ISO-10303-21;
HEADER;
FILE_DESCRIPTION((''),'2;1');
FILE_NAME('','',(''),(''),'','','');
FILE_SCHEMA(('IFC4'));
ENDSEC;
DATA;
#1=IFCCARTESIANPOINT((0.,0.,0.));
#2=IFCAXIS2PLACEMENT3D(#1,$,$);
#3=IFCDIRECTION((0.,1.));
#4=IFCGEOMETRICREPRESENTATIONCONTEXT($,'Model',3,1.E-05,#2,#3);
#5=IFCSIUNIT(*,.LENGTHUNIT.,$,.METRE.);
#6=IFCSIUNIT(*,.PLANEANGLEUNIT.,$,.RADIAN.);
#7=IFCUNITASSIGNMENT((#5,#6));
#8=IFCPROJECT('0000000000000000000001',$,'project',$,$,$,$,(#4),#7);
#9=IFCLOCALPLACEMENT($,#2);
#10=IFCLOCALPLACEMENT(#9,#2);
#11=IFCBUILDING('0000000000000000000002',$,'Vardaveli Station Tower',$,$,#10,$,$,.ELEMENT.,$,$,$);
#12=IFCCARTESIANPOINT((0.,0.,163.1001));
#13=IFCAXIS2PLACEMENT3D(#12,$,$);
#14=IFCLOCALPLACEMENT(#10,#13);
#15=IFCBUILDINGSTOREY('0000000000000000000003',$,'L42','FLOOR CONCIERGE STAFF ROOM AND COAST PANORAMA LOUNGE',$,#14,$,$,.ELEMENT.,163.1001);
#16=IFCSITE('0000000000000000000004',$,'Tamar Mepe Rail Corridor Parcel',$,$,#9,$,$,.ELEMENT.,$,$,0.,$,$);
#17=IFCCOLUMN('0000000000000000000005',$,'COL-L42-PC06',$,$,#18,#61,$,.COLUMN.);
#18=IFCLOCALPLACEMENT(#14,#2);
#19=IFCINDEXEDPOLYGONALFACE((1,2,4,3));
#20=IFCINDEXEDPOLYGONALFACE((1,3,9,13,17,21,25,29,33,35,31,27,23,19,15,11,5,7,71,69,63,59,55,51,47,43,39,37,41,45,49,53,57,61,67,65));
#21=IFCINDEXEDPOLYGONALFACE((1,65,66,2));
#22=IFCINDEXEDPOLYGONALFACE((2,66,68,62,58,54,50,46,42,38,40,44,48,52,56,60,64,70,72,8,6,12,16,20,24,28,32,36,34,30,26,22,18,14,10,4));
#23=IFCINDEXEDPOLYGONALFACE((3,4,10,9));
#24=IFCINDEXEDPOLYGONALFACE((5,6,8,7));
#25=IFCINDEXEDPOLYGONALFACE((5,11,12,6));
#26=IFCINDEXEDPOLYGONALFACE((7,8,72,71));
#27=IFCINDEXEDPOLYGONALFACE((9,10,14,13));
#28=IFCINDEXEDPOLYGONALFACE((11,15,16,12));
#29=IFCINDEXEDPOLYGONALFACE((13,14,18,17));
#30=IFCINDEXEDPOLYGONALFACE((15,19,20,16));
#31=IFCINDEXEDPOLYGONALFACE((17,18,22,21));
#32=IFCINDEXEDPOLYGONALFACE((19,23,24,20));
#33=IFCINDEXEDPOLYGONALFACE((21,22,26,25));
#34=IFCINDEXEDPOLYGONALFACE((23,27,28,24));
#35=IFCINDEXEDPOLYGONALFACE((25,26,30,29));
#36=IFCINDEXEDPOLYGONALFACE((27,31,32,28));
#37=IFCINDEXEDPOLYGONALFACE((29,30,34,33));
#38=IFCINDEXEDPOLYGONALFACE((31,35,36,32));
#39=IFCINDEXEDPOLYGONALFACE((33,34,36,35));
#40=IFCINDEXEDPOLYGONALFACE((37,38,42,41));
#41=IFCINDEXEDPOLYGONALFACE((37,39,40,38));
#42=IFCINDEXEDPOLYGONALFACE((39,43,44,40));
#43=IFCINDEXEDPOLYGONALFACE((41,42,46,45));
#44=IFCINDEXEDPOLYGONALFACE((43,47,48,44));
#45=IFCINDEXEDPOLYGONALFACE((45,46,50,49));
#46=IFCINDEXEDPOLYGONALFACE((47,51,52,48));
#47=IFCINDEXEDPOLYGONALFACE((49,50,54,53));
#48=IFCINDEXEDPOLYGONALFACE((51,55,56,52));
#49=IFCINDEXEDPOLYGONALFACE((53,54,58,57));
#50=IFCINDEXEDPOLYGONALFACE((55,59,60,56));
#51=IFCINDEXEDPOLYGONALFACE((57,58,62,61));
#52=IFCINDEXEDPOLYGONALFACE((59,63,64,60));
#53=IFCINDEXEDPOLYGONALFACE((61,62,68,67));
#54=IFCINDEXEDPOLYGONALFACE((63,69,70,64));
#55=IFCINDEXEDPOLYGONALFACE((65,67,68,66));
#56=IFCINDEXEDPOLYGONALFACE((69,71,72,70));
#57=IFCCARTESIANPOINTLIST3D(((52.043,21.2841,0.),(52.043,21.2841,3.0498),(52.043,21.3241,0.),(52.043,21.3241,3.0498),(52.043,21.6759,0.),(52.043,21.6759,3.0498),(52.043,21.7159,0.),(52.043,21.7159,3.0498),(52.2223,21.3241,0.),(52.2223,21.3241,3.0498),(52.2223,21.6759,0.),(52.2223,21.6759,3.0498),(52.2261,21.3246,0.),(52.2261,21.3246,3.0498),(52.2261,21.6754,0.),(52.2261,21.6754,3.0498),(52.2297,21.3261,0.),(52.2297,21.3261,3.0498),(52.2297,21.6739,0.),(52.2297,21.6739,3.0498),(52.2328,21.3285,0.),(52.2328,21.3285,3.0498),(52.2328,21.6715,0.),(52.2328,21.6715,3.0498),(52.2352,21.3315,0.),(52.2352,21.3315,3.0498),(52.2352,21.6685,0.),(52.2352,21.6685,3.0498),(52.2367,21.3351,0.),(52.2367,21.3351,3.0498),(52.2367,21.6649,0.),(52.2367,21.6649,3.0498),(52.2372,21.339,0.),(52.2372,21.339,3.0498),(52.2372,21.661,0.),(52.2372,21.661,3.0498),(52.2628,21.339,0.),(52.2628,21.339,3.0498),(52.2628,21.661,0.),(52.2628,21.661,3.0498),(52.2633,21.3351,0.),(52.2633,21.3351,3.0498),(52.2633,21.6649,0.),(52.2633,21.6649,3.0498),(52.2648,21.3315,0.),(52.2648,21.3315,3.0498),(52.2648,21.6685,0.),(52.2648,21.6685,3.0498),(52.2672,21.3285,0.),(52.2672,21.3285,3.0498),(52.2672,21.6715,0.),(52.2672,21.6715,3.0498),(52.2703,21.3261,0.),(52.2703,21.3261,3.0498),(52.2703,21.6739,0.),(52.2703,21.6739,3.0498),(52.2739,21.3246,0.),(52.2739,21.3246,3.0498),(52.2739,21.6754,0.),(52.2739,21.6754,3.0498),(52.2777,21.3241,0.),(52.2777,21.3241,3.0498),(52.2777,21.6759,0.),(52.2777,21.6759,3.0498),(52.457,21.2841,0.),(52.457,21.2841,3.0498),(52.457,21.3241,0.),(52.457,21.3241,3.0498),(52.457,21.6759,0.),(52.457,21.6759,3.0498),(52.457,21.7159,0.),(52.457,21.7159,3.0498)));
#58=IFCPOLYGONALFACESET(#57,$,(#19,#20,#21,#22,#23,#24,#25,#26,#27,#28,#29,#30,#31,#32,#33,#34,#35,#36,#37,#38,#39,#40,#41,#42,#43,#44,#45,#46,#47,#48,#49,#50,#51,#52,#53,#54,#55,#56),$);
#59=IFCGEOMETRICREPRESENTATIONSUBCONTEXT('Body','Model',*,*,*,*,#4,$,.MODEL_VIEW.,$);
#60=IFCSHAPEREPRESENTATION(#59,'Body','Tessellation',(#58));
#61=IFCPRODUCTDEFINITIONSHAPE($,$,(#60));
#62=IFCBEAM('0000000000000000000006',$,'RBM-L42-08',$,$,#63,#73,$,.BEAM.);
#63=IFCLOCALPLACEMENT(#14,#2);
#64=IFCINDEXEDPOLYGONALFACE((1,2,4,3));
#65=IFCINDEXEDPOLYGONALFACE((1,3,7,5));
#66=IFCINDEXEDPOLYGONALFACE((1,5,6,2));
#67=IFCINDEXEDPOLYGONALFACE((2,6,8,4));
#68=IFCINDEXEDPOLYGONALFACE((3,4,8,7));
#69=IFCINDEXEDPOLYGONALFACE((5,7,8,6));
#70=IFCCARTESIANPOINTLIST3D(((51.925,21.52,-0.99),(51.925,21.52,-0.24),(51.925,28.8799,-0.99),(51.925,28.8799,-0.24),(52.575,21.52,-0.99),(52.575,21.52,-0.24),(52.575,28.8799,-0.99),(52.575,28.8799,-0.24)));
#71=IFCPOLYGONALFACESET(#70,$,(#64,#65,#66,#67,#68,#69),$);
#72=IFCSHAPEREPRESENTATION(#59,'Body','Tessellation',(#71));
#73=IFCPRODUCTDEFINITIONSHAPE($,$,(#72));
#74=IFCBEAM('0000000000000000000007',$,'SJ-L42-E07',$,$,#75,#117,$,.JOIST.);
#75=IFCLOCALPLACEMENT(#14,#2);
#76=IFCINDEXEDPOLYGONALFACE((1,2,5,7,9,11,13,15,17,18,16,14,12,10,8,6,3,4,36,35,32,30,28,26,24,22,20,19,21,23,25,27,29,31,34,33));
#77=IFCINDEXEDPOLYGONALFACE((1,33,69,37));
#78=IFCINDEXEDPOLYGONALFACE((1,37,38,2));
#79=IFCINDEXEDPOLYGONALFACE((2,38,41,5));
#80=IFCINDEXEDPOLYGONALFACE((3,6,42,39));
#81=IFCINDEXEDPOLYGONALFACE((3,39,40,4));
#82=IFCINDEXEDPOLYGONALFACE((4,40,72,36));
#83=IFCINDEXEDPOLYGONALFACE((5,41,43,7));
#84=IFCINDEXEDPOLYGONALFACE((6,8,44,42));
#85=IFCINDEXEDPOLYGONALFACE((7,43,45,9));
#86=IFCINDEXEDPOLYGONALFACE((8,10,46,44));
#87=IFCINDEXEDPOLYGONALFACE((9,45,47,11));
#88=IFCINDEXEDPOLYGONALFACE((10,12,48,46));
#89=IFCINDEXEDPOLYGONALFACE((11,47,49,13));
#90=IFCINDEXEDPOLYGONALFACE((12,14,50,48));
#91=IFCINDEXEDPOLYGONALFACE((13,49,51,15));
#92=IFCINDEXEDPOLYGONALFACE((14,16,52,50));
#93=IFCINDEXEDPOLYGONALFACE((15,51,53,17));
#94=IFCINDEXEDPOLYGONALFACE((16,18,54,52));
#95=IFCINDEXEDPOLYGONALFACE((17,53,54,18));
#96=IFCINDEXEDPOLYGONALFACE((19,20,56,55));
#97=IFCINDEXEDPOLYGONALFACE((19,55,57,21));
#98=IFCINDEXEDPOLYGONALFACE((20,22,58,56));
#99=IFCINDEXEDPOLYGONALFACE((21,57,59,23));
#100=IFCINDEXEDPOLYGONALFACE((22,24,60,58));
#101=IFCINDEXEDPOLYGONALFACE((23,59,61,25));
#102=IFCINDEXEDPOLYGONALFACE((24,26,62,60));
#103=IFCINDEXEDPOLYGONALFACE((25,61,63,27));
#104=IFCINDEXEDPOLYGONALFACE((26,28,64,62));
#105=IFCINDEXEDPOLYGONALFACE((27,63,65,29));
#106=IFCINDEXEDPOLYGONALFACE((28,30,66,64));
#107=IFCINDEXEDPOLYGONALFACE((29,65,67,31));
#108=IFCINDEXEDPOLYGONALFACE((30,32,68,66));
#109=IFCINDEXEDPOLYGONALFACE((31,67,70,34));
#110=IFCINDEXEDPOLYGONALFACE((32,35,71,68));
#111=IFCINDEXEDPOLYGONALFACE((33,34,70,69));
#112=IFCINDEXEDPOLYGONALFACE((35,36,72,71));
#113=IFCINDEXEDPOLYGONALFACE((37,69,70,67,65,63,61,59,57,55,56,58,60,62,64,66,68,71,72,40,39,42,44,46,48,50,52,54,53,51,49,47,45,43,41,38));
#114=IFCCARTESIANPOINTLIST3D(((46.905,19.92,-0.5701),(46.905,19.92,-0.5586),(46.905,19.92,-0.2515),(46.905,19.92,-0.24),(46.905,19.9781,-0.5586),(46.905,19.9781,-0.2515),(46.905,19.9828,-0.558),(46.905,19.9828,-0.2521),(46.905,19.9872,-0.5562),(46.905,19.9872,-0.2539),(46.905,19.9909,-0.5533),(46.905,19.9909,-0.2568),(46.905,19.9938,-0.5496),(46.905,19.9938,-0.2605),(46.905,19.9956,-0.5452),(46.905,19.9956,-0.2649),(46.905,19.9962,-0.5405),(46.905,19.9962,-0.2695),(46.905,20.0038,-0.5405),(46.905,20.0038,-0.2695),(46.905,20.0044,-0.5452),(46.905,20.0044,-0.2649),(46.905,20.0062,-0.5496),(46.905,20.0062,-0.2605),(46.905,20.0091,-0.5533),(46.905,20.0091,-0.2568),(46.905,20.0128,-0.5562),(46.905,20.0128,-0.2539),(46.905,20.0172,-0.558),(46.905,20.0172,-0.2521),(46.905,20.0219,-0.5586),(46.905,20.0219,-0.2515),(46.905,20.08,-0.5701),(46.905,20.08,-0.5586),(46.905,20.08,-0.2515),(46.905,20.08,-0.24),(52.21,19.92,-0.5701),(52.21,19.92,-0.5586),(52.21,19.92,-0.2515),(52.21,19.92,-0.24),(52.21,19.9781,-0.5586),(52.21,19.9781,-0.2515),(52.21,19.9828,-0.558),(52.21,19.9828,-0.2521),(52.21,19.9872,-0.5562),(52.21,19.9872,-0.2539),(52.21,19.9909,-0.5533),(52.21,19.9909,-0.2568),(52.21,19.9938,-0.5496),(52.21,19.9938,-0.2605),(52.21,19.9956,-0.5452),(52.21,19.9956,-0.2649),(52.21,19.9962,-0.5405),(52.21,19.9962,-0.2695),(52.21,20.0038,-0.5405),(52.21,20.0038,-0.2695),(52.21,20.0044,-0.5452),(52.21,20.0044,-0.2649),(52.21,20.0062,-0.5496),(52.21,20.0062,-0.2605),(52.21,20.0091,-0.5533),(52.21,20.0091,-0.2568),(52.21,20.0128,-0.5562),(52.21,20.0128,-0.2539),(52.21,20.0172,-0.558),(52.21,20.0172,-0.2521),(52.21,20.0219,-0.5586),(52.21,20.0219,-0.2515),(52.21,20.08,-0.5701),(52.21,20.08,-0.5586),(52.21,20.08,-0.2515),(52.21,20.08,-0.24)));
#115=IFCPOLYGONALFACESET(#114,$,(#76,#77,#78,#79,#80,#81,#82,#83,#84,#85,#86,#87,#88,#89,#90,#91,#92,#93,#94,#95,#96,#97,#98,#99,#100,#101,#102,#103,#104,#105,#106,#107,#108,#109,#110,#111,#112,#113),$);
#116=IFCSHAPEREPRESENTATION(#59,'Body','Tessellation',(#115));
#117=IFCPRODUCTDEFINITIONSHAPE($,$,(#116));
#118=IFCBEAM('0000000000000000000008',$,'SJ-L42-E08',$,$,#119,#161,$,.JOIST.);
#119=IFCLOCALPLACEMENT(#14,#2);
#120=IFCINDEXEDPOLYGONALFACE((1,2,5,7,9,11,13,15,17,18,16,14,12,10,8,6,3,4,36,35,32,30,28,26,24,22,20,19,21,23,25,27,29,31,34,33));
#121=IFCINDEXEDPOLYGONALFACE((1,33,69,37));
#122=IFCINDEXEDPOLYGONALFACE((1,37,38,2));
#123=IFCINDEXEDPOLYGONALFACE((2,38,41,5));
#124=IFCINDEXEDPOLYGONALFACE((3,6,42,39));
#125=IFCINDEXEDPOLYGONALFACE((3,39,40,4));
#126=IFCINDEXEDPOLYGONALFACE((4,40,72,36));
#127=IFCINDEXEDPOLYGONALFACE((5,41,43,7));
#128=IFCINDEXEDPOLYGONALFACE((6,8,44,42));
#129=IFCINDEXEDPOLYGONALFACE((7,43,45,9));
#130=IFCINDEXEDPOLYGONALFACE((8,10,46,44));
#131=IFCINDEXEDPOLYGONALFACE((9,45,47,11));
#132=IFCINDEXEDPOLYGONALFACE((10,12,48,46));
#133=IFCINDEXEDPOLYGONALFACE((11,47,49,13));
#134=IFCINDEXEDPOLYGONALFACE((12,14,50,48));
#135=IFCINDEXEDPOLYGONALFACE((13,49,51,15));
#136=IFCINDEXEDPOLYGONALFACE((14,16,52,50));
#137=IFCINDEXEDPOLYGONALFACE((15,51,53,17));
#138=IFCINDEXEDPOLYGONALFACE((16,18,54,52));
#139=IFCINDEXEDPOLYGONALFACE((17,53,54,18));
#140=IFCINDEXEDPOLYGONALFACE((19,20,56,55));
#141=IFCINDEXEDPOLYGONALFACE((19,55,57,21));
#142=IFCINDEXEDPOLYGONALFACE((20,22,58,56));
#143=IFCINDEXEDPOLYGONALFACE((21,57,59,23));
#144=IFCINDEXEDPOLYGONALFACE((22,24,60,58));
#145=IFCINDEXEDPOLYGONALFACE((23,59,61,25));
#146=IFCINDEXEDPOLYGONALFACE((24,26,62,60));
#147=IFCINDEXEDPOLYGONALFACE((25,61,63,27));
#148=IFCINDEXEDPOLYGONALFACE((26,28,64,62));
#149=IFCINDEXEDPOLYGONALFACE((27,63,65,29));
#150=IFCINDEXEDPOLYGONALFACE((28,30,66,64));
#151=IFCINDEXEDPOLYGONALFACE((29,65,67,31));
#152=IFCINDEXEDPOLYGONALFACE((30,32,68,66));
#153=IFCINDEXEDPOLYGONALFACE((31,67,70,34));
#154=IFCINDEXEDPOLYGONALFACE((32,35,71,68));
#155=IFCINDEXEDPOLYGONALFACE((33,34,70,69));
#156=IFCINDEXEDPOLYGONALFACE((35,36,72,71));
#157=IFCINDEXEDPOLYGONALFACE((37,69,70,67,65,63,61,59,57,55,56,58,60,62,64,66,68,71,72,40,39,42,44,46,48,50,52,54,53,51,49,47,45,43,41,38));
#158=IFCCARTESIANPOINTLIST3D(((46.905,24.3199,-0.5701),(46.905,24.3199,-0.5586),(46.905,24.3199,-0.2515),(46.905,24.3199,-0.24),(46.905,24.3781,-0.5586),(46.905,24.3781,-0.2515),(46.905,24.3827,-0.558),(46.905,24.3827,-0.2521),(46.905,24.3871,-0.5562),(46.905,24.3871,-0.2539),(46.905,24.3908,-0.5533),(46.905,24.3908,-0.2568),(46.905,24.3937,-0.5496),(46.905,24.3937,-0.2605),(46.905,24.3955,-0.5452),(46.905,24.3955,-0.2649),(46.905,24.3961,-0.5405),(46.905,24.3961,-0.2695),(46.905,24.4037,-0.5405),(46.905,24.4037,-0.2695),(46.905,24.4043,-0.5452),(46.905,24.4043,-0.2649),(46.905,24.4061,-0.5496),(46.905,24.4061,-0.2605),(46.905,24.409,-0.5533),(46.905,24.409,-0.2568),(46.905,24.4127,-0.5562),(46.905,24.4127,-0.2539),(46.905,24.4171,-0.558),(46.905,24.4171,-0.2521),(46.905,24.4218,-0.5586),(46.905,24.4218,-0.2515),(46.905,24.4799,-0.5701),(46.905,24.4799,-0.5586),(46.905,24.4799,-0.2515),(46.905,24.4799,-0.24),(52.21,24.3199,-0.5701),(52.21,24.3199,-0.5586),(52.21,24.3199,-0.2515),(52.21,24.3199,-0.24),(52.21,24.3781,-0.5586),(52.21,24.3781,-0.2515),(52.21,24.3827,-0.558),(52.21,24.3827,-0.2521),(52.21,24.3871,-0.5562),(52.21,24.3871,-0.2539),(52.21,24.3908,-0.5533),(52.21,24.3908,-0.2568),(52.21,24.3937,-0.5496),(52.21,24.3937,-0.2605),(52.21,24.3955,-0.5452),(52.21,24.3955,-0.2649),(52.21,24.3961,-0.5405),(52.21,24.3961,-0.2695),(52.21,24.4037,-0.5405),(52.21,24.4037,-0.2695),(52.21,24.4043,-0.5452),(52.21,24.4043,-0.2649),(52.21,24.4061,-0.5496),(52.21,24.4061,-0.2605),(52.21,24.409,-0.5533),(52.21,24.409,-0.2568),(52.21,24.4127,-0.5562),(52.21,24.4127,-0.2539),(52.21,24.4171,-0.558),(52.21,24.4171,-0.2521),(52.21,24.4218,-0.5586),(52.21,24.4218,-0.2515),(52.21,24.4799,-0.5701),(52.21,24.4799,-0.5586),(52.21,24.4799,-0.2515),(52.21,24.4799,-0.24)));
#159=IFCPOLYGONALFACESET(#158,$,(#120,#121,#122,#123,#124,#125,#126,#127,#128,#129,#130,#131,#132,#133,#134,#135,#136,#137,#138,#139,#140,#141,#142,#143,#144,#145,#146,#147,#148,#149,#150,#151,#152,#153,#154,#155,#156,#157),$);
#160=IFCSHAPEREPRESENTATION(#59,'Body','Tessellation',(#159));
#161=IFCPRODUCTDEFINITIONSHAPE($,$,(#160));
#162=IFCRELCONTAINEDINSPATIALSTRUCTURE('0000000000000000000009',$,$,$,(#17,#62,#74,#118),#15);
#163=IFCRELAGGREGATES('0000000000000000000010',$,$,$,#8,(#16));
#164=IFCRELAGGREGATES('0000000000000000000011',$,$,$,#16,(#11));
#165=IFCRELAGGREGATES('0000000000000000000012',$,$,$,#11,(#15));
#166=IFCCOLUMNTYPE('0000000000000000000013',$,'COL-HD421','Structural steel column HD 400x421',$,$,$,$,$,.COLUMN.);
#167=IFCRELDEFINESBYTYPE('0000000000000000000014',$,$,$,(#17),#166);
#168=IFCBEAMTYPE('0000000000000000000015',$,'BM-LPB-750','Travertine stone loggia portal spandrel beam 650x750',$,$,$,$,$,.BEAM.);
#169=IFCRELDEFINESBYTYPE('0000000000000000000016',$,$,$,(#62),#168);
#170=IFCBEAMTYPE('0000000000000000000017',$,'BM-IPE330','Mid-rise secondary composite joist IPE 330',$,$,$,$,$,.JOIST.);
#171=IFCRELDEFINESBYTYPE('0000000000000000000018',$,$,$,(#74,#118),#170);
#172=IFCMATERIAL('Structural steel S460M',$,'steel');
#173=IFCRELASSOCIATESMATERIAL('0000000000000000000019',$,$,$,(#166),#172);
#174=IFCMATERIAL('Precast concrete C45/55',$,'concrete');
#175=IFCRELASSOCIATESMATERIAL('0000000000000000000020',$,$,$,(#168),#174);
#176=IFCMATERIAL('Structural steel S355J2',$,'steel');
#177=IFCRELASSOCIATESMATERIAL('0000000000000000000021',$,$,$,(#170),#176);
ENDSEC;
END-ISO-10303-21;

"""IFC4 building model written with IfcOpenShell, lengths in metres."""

from ifc_helpers import new_model, si_unit, direction, frame, origin, origin_2d, place, context, subcontext, project, spatial, rectangle, i_section, extrude, source, transform, mapped, material, material_profile, profile_set, type_object, element, save


model = new_model("IFC4")

# Units and contexts
model_context = context("Model", 3, precision=1e-05, world=origin(), true_north=direction((0.0, 1.0)))
body_context = subcontext(model_context, "Body", "Model", "MODEL_VIEW")
ifc_project = project(units=[si_unit("LENGTHUNIT", "METRE"), si_unit("PLANEANGLEUNIT", "RADIAN")], contexts=[model_context])

# Site, building, storey
site_placement = place(None, origin())
site = spatial("IfcSite", under=ifc_project, at=site_placement, Name="Tamar Mepe Rail Corridor Parcel", CompositionType="ELEMENT", RefElevation=0.0)
building_placement = place(site_placement, origin())
building = spatial("IfcBuilding", under=site, at=building_placement, Name="Vardaveli Station Tower", CompositionType="ELEMENT")
storey_placement = place(building_placement, frame((0.0, 0.0, 163.1001)))
storey = spatial("IfcBuildingStorey", under=building, at=storey_placement, Name="L42", Description="FLOOR CONCIERGE STAFF ROOM AND COAST PANORAMA LOUNGE", CompositionType="ELEMENT", Elevation=163.1001)

# Column
ifc_material_1 = material(Name="Structural steel S460M", Category="steel")
ifc_material_profile_1 = material_profile(ifc_material_1, i_section(OverallWidth=0.4141, OverallDepth=0.4319, WebThickness=0.0256, FlangeThickness=0.04, FilletRadius=0.0149, at=origin_2d()), Name="HD 400x421")
ifc_profile_set_1 = profile_set([ifc_material_profile_1], Name="Structural steel S460M")
column_type = type_object("IfcColumnType", Name="COL-HD421", Description="Structural steel column HD 400x421", PredefinedType="COLUMN", material=ifc_profile_set_1)
shared_shape_1 = source(origin(), body_context, "Body", "SweptSolid", [
    extrude(i_section(OverallWidth=0.4141, OverallDepth=0.4319, WebThickness=0.0256, FlangeThickness=0.04, FilletRadius=0.0149, at=origin_2d()), origin(), (0.0, 0.0, 1.0), 3.0498),
])
column_placement = place(storey_placement, frame((52.25, 21.5, 0.0), z_axis=(0.0, 0.0, 1.0), x_axis=(1.0, 0.0, 0.0)))
element("IfcColumn", 1, at=column_placement, inside=storey, type_object=column_type, Name="COL-L42-PC06", PredefinedType="COLUMN", context=body_context, shape_type="MappedRepresentation", body=[
    mapped(shared_shape_1, transform((0.0, 0.0, 0.0), scale=1.0)),
])

# Beams
ifc_material_2 = material(Name="Precast concrete C45/55", Category="concrete")
ifc_material_profile_2 = material_profile(ifc_material_2, rectangle(XDim=0.6499, YDim=0.75, at=origin_2d()), Name="LPB 650x750")
ifc_profile_set_2 = profile_set([ifc_material_profile_2], Name="Precast concrete C45/55")
beam_type_1 = type_object("IfcBeamType", Name="BM-LPB-750", Description="Travertine stone loggia portal spandrel beam 650x750", PredefinedType="BEAM", material=ifc_profile_set_2)
shared_shape_2 = source(origin(), body_context, "Body", "SweptSolid", [
    extrude(rectangle(XDim=0.6499, YDim=0.75, at=origin_2d()), origin(), (0.0, 0.0, 1.0), 7.3599),
])
beam_1_placement = place(storey_placement, frame((52.25, 21.52, -0.615), z_axis=(0.0, 1.0, 0.0), x_axis=(-1.0, 0.0, 0.0)))
element("IfcBeam", 2, at=beam_1_placement, inside=storey, type_object=beam_type_1, Name="RBM-L42-08", PredefinedType="BEAM", context=body_context, shape_type="MappedRepresentation", body=[
    mapped(shared_shape_2, transform((0.0, 0.0, 0.0), scale=1.0)),
])
ifc_material_3 = material(Name="Structural steel S355J2", Category="steel")
ifc_material_profile_3 = material_profile(ifc_material_3, i_section(OverallWidth=0.1599, OverallDepth=0.3301, WebThickness=0.0076, FlangeThickness=0.0115, FilletRadius=0.0181, at=origin_2d()), Name="IPE 330")
ifc_profile_set_3 = profile_set([ifc_material_profile_3], Name="Structural steel S355J2")
beam_type_2 = type_object("IfcBeamType", Name="BM-IPE330", Description="Mid-rise secondary composite joist IPE 330", PredefinedType="JOIST", material=ifc_profile_set_3)
shared_shape_3 = source(origin(), body_context, "Body", "SweptSolid", [
    extrude(i_section(OverallWidth=0.1599, OverallDepth=0.3301, WebThickness=0.0076, FlangeThickness=0.0115, FilletRadius=0.0181, at=origin_2d()), origin(), (0.0, 0.0, 1.0), 5.3049),
])
for number, where, z_axis, x_axis, name in (
    (3, (46.905, 20.0, -0.405), (1.0, 0.0, 0.0), (0.0, 1.0, 0.0), "SJ-L42-E07"),
    (4, (46.905, 24.3999, -0.405), (1.0, 0.0, 0.0), (0.0, 1.0, 0.0), "SJ-L42-E08"),
):
    element("IfcBeam", number, at=place(storey_placement, frame(where, z_axis=z_axis, x_axis=x_axis)), inside=storey, type_object=beam_type_2, Name=name, PredefinedType="JOIST", context=body_context, shape_type="MappedRepresentation", body=[
        mapped(shared_shape_3, transform((0.0, 0.0, 0.0), scale=1.0)),
    ])

save(model, "model.ifc")
